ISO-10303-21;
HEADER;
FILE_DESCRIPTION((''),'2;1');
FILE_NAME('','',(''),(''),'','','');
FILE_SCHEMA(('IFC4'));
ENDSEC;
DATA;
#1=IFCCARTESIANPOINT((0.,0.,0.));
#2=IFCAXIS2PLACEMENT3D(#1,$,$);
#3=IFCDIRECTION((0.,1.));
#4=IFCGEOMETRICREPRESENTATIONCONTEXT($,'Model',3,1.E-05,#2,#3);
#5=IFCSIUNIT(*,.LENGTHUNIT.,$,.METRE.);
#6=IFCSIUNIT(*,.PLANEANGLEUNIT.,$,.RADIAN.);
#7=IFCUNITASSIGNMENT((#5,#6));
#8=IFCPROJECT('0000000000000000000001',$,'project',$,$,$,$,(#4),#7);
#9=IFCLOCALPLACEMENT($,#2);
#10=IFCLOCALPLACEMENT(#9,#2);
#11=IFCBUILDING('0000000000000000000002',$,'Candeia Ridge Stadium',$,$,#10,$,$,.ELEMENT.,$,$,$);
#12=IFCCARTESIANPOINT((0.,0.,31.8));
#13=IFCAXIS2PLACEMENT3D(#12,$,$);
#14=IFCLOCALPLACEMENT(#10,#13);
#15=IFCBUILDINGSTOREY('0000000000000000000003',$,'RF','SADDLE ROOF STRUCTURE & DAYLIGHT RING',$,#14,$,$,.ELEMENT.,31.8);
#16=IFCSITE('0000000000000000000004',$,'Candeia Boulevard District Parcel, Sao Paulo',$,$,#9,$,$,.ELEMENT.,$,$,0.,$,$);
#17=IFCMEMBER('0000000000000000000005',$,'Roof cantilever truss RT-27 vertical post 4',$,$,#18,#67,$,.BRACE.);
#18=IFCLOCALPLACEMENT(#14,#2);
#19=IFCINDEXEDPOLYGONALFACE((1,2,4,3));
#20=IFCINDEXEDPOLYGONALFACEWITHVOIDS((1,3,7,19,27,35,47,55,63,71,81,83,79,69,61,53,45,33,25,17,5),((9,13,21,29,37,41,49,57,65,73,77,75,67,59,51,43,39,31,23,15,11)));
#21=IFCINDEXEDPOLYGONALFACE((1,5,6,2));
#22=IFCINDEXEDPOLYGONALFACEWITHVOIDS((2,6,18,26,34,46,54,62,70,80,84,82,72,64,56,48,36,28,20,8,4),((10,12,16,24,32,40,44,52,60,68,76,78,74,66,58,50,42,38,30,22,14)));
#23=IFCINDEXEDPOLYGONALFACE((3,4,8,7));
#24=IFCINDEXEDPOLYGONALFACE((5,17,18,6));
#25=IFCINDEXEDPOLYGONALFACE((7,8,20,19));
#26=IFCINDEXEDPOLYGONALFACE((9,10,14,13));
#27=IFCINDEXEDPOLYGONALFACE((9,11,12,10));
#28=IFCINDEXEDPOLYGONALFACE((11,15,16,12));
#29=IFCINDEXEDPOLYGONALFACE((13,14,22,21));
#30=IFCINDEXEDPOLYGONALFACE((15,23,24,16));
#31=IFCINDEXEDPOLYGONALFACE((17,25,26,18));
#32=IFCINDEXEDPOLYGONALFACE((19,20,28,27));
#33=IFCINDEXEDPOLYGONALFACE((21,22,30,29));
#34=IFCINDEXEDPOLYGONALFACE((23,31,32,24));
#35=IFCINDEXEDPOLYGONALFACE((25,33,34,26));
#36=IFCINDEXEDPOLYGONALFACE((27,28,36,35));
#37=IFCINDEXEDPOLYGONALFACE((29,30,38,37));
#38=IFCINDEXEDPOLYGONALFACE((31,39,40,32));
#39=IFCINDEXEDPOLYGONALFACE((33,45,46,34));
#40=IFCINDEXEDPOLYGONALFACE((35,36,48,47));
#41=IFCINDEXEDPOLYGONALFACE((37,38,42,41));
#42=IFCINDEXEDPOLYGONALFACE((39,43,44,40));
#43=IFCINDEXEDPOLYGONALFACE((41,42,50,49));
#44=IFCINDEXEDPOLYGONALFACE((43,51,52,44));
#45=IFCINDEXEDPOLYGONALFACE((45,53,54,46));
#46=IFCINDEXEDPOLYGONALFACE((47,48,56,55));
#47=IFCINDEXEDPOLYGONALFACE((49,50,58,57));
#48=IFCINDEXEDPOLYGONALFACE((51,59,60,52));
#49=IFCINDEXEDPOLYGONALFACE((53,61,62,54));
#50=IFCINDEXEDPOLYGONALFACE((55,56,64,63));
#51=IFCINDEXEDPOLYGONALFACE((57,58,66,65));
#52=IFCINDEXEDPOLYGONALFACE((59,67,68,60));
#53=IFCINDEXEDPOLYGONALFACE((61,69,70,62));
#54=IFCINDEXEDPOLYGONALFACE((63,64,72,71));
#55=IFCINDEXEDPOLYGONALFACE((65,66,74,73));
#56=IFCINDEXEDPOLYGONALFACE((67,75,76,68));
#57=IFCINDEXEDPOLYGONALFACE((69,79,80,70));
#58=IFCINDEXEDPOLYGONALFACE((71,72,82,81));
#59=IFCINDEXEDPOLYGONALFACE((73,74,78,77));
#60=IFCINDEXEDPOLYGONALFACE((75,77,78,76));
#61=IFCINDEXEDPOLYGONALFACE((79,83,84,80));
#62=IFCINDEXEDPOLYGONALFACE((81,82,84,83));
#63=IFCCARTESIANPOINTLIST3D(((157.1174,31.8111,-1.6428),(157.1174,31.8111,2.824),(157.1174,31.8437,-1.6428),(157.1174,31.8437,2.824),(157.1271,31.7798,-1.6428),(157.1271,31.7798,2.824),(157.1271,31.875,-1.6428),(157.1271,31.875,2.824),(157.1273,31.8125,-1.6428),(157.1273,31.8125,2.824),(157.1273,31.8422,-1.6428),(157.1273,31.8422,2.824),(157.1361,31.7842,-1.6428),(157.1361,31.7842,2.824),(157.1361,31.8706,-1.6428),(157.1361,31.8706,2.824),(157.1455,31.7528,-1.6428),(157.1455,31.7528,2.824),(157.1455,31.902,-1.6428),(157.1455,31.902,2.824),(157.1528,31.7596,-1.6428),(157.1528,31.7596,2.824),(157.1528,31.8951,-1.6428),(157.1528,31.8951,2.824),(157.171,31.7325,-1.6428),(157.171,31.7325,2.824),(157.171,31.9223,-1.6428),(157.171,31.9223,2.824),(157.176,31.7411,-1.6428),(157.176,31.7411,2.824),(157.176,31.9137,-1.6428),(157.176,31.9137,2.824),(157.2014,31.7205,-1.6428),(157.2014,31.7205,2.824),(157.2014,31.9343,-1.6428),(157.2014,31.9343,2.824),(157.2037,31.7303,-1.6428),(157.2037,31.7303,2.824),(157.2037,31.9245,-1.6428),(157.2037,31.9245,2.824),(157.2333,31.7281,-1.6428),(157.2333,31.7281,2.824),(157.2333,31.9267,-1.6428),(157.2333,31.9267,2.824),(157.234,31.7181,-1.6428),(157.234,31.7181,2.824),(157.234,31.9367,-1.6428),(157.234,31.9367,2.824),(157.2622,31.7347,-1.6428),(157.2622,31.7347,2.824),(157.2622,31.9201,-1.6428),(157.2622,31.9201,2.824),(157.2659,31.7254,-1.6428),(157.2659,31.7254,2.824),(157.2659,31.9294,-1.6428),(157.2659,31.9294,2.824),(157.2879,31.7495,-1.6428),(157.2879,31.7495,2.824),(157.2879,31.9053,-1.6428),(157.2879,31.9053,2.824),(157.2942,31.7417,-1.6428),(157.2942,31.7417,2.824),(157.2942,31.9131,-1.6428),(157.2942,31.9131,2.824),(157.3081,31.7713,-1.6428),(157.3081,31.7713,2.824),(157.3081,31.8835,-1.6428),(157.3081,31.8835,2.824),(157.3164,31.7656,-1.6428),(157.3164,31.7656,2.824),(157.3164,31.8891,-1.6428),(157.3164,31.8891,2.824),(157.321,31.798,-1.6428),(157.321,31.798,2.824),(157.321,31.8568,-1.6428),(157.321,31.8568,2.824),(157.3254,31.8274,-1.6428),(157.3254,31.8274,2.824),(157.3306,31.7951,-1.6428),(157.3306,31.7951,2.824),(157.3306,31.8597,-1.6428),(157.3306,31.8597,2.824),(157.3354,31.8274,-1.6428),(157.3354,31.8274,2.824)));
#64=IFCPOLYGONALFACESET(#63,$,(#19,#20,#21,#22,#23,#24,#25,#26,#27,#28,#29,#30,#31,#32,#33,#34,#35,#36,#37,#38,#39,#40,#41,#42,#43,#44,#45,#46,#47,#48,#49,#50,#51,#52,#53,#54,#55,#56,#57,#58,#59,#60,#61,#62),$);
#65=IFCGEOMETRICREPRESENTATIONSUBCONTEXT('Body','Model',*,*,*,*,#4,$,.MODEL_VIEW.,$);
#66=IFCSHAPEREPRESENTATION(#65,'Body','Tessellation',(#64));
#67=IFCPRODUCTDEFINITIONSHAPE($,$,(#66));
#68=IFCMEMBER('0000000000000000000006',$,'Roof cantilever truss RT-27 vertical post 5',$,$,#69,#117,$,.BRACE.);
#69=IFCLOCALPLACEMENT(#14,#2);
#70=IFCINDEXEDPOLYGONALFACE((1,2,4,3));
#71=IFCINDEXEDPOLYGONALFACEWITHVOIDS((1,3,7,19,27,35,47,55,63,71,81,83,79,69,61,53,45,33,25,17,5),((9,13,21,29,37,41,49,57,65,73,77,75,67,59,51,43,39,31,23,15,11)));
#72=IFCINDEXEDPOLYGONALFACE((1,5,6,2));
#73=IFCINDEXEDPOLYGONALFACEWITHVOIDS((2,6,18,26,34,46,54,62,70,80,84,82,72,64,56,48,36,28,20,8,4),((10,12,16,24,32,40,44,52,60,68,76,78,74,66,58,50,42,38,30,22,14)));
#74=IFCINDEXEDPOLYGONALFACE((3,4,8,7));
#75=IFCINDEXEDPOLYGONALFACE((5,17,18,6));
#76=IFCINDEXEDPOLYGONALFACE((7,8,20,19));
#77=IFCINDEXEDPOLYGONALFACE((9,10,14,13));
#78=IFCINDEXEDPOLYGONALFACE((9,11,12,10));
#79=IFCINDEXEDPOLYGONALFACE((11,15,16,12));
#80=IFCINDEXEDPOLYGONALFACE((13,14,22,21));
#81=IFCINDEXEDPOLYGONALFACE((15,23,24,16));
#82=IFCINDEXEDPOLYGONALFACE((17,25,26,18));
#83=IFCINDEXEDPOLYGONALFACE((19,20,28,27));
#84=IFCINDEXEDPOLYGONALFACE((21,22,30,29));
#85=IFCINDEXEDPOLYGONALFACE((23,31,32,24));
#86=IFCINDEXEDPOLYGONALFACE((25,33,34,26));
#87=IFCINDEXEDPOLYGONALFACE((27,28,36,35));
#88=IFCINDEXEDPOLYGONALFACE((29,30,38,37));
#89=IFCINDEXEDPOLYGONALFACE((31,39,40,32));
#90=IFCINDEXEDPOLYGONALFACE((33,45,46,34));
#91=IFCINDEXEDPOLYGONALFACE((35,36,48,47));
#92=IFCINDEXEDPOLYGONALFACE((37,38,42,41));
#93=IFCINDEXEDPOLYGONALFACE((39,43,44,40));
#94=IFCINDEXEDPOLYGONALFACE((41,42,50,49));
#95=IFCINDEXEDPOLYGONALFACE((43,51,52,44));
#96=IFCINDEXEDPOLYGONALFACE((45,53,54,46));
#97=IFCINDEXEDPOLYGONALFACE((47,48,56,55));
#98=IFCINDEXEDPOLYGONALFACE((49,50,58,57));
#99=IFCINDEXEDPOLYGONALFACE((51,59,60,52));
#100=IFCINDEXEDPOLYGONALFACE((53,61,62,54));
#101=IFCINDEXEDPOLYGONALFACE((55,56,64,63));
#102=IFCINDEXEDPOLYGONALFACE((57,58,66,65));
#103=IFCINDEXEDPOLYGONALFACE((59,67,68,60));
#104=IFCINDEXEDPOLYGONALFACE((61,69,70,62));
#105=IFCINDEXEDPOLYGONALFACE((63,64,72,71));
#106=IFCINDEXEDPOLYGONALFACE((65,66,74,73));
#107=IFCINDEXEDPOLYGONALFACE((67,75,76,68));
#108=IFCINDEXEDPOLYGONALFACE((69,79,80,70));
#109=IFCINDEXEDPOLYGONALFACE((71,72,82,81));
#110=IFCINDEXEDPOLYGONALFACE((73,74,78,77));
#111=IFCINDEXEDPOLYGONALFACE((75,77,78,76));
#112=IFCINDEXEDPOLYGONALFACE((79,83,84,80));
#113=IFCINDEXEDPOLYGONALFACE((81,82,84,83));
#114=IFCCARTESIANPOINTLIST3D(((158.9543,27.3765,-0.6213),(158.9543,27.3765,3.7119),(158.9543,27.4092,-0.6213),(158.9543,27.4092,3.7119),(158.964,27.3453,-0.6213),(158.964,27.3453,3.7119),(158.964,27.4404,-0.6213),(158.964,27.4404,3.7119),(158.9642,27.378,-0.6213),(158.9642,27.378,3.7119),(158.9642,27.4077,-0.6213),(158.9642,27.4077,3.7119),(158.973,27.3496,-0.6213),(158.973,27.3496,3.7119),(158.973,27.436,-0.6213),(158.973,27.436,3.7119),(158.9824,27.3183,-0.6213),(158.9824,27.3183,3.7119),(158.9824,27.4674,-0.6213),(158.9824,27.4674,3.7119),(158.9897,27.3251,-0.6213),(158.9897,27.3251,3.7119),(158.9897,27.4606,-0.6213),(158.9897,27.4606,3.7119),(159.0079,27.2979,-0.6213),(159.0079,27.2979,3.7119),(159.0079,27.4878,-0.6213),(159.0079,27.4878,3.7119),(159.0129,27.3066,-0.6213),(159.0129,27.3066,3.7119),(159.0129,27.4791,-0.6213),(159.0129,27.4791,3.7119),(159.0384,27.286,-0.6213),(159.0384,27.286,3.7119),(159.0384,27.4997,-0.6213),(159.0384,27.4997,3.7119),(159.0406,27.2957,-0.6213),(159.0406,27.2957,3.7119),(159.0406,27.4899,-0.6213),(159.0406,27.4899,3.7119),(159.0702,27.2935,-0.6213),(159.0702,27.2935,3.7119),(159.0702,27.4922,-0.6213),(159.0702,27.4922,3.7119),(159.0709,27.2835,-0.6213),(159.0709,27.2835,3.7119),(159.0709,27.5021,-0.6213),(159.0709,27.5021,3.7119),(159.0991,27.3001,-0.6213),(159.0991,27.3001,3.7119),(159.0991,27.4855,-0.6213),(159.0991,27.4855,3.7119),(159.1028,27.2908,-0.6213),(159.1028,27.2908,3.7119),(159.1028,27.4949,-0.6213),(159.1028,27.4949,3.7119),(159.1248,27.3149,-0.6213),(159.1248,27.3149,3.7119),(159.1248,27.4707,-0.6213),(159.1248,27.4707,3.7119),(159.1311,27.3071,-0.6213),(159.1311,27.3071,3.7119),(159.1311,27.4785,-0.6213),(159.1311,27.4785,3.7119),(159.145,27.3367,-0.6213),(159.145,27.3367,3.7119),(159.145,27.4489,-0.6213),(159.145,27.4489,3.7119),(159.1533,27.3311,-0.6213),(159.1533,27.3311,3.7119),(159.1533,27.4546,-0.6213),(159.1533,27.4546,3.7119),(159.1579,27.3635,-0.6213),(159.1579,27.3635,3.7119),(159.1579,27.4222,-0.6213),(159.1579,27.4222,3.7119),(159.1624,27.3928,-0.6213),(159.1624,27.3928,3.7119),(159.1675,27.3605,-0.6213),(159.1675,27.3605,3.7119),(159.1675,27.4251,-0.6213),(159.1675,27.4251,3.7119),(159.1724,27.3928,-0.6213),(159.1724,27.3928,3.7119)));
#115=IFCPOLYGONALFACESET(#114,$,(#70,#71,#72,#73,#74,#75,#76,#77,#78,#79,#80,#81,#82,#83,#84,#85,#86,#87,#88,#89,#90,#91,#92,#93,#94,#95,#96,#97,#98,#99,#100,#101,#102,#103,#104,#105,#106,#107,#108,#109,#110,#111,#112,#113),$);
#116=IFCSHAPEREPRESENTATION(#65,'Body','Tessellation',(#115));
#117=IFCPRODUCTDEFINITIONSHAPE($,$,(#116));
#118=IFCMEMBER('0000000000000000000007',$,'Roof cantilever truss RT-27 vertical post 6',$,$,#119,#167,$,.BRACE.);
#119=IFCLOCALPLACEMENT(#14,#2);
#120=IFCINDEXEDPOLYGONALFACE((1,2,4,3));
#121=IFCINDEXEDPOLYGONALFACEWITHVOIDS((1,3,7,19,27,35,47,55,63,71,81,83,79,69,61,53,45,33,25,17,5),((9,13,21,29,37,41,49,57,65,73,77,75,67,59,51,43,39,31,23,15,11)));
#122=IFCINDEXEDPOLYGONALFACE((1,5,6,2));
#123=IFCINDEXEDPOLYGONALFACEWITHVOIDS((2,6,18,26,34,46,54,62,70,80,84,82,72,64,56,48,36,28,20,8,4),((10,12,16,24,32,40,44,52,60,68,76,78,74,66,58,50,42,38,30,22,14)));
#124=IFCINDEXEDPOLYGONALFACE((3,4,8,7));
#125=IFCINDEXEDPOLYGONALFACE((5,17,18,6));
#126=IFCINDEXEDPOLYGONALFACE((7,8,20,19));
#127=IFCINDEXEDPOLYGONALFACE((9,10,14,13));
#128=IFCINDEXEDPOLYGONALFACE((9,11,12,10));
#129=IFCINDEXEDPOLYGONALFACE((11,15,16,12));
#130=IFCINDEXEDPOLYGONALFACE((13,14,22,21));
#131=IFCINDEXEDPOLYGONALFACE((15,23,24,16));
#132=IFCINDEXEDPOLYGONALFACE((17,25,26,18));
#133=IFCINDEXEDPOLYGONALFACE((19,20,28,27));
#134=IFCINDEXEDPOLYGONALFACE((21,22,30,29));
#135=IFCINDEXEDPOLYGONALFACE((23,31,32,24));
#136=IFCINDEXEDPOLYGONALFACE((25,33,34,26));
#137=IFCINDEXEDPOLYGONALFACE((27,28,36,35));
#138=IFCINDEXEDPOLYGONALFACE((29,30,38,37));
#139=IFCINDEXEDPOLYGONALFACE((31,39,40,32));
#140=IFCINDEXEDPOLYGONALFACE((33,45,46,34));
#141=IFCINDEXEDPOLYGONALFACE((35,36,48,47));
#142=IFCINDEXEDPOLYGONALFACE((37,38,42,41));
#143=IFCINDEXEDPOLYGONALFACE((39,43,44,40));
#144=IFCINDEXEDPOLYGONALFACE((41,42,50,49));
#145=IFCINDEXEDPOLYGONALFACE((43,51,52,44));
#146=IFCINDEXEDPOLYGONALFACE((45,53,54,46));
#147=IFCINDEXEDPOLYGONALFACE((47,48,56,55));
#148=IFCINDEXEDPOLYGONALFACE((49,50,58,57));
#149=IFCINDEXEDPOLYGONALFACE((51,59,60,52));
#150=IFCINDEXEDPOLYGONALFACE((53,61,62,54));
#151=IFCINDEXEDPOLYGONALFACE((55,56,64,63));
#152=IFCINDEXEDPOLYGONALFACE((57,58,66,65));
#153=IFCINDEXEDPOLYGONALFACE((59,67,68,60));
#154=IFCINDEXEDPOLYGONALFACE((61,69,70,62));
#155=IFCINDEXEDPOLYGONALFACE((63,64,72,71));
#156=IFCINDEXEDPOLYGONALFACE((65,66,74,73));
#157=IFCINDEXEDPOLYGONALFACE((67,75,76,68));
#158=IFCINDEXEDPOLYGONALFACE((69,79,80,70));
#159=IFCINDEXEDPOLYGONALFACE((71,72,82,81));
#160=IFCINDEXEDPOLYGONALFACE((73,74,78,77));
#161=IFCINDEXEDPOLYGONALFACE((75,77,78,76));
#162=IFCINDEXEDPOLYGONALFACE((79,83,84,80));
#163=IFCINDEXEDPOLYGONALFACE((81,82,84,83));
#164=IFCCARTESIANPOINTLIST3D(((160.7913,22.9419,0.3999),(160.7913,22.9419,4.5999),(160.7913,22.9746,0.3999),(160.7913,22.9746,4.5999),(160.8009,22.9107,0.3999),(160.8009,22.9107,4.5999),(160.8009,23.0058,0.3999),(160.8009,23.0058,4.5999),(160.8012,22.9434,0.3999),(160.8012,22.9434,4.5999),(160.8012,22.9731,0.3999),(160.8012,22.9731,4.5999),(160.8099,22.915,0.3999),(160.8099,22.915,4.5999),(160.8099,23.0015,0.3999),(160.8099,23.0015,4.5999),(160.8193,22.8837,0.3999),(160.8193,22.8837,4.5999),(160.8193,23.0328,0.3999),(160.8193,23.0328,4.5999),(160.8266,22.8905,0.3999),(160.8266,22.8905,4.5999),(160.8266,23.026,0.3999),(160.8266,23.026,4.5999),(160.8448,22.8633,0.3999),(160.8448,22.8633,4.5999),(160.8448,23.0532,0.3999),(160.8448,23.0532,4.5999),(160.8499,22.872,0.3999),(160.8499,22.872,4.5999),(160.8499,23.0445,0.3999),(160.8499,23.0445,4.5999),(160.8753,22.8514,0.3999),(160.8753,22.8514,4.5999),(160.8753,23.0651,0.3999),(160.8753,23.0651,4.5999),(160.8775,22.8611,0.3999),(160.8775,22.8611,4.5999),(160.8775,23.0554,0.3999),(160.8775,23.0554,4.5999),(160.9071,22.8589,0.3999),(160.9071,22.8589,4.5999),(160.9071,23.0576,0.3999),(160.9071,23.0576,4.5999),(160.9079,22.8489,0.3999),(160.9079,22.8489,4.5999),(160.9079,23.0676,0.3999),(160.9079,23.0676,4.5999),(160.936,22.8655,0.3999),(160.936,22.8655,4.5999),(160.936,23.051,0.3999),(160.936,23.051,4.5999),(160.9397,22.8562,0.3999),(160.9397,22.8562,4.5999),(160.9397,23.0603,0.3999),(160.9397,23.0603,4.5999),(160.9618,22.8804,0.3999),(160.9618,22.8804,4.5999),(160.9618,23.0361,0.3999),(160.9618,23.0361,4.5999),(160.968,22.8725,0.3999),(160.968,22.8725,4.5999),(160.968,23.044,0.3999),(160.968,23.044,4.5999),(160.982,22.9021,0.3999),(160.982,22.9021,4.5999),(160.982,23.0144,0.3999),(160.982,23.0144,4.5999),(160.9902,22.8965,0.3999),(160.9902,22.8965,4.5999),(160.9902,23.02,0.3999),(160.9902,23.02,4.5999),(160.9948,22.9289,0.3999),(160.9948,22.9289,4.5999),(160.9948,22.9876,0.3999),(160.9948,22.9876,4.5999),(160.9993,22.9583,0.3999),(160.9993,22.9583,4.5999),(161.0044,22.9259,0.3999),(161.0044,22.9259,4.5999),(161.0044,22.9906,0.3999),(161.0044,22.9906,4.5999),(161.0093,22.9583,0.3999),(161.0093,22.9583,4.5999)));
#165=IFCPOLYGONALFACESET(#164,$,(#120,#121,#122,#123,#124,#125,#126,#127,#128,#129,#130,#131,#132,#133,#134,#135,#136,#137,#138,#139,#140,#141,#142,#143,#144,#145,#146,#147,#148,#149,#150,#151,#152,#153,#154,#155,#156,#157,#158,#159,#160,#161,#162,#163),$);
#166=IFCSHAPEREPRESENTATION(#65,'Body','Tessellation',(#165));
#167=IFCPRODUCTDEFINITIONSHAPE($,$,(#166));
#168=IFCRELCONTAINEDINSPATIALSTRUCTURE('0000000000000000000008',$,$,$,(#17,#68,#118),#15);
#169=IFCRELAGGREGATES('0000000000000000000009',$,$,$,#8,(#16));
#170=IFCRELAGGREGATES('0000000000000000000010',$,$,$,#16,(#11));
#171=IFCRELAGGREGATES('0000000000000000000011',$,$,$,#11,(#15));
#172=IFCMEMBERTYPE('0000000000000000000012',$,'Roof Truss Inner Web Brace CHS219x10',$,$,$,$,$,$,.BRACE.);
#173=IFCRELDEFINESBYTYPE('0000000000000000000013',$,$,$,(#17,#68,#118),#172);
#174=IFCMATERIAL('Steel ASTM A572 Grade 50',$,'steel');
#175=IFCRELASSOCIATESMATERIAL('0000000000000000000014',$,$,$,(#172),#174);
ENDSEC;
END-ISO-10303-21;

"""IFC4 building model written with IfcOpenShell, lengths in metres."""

from ifc_helpers import new_model, si_unit, direction, frame, origin, origin_2d, place, context, subcontext, project, spatial, hollow_circle, extrude, material, material_profile, profile_set, type_object, element, save


model = new_model("IFC4")

# Units and contexts
model_context = context("Model", 3, precision=1e-05, world=origin(), true_north=direction((0.0, 1.0)))
body_context = subcontext(model_context, "Body", "Model", "MODEL_VIEW")
ifc_project = project(units=[si_unit("LENGTHUNIT", "METRE"), si_unit("PLANEANGLEUNIT", "RADIAN")], contexts=[model_context])

# Site, building, storey
site_placement = place(None, origin())
site = spatial("IfcSite", under=ifc_project, at=site_placement, Name="Candeia Boulevard District Parcel, Sao Paulo", CompositionType="ELEMENT", RefElevation=0.0)
building_placement = place(site_placement, origin())
building = spatial("IfcBuilding", under=site, at=building_placement, Name="Candeia Ridge Stadium", CompositionType="ELEMENT")
storey_placement = place(building_placement, frame((0.0, 0.0, 31.8)))
storey = spatial("IfcBuildingStorey", under=building, at=storey_placement, Name="RF", Description="SADDLE ROOF STRUCTURE & DAYLIGHT RING", CompositionType="ELEMENT", Elevation=31.8)

# Shared definitions
ifc_material_1 = material(Name="Steel ASTM A572 Grade 50", Category="steel")

# Members
ifc_material_profile_1 = material_profile(ifc_material_1, hollow_circle(Radius=0.1096, WallThickness=0.01, at=origin_2d()), Name="CHS219x10", Category="steel")
ifc_profile_set_1 = profile_set([ifc_material_profile_1], Name="Steel ASTM A572 Grade 50")
member_type_1 = type_object("IfcMemberType", Name="Roof Truss Inner Web Brace CHS219x10", PredefinedType="BRACE", material=ifc_profile_set_1)
member_1_placement = place(storey_placement, frame((157.2258, 31.8274, -1.6428), z_axis=(0.0, 0.0, 1.0), x_axis=(1.0, 0.0, 0.0)))
element("IfcMember", 1, at=member_1_placement, inside=storey, type_object=member_type_1, Name="Roof cantilever truss RT-27 vertical post 4", PredefinedType="BRACE", context=body_context, shape_type="SweptSolid", body=[
    extrude(hollow_circle(Radius=0.1096, WallThickness=0.01, at=origin_2d()), origin(), (0.0, 0.0, 1.0), 4.4668),
])
member_2_placement = place(storey_placement, frame((159.0627, 27.3928, -0.6213), z_axis=(0.0, 0.0, 1.0), x_axis=(1.0, 0.0, 0.0)))
element("IfcMember", 2, at=member_2_placement, inside=storey, type_object=member_type_1, Name="Roof cantilever truss RT-27 vertical post 5", PredefinedType="BRACE", context=body_context, shape_type="SweptSolid", body=[
    extrude(hollow_circle(Radius=0.1096, WallThickness=0.01, at=origin_2d()), origin(), (0.0, 0.0, 1.0), 4.3333),
])
member_3_placement = place(storey_placement, frame((160.8997, 22.9583, 0.3999), z_axis=(0.0, 0.0, 1.0), x_axis=(1.0, 0.0, 0.0)))
element("IfcMember", 3, at=member_3_placement, inside=storey, type_object=member_type_1, Name="Roof cantilever truss RT-27 vertical post 6", PredefinedType="BRACE", context=body_context, shape_type="SweptSolid", body=[
    extrude(hollow_circle(Radius=0.1096, WallThickness=0.01, at=origin_2d()), origin(), (0.0, 0.0, 1.0), 4.2),
])

save(model, "model.ifc")
